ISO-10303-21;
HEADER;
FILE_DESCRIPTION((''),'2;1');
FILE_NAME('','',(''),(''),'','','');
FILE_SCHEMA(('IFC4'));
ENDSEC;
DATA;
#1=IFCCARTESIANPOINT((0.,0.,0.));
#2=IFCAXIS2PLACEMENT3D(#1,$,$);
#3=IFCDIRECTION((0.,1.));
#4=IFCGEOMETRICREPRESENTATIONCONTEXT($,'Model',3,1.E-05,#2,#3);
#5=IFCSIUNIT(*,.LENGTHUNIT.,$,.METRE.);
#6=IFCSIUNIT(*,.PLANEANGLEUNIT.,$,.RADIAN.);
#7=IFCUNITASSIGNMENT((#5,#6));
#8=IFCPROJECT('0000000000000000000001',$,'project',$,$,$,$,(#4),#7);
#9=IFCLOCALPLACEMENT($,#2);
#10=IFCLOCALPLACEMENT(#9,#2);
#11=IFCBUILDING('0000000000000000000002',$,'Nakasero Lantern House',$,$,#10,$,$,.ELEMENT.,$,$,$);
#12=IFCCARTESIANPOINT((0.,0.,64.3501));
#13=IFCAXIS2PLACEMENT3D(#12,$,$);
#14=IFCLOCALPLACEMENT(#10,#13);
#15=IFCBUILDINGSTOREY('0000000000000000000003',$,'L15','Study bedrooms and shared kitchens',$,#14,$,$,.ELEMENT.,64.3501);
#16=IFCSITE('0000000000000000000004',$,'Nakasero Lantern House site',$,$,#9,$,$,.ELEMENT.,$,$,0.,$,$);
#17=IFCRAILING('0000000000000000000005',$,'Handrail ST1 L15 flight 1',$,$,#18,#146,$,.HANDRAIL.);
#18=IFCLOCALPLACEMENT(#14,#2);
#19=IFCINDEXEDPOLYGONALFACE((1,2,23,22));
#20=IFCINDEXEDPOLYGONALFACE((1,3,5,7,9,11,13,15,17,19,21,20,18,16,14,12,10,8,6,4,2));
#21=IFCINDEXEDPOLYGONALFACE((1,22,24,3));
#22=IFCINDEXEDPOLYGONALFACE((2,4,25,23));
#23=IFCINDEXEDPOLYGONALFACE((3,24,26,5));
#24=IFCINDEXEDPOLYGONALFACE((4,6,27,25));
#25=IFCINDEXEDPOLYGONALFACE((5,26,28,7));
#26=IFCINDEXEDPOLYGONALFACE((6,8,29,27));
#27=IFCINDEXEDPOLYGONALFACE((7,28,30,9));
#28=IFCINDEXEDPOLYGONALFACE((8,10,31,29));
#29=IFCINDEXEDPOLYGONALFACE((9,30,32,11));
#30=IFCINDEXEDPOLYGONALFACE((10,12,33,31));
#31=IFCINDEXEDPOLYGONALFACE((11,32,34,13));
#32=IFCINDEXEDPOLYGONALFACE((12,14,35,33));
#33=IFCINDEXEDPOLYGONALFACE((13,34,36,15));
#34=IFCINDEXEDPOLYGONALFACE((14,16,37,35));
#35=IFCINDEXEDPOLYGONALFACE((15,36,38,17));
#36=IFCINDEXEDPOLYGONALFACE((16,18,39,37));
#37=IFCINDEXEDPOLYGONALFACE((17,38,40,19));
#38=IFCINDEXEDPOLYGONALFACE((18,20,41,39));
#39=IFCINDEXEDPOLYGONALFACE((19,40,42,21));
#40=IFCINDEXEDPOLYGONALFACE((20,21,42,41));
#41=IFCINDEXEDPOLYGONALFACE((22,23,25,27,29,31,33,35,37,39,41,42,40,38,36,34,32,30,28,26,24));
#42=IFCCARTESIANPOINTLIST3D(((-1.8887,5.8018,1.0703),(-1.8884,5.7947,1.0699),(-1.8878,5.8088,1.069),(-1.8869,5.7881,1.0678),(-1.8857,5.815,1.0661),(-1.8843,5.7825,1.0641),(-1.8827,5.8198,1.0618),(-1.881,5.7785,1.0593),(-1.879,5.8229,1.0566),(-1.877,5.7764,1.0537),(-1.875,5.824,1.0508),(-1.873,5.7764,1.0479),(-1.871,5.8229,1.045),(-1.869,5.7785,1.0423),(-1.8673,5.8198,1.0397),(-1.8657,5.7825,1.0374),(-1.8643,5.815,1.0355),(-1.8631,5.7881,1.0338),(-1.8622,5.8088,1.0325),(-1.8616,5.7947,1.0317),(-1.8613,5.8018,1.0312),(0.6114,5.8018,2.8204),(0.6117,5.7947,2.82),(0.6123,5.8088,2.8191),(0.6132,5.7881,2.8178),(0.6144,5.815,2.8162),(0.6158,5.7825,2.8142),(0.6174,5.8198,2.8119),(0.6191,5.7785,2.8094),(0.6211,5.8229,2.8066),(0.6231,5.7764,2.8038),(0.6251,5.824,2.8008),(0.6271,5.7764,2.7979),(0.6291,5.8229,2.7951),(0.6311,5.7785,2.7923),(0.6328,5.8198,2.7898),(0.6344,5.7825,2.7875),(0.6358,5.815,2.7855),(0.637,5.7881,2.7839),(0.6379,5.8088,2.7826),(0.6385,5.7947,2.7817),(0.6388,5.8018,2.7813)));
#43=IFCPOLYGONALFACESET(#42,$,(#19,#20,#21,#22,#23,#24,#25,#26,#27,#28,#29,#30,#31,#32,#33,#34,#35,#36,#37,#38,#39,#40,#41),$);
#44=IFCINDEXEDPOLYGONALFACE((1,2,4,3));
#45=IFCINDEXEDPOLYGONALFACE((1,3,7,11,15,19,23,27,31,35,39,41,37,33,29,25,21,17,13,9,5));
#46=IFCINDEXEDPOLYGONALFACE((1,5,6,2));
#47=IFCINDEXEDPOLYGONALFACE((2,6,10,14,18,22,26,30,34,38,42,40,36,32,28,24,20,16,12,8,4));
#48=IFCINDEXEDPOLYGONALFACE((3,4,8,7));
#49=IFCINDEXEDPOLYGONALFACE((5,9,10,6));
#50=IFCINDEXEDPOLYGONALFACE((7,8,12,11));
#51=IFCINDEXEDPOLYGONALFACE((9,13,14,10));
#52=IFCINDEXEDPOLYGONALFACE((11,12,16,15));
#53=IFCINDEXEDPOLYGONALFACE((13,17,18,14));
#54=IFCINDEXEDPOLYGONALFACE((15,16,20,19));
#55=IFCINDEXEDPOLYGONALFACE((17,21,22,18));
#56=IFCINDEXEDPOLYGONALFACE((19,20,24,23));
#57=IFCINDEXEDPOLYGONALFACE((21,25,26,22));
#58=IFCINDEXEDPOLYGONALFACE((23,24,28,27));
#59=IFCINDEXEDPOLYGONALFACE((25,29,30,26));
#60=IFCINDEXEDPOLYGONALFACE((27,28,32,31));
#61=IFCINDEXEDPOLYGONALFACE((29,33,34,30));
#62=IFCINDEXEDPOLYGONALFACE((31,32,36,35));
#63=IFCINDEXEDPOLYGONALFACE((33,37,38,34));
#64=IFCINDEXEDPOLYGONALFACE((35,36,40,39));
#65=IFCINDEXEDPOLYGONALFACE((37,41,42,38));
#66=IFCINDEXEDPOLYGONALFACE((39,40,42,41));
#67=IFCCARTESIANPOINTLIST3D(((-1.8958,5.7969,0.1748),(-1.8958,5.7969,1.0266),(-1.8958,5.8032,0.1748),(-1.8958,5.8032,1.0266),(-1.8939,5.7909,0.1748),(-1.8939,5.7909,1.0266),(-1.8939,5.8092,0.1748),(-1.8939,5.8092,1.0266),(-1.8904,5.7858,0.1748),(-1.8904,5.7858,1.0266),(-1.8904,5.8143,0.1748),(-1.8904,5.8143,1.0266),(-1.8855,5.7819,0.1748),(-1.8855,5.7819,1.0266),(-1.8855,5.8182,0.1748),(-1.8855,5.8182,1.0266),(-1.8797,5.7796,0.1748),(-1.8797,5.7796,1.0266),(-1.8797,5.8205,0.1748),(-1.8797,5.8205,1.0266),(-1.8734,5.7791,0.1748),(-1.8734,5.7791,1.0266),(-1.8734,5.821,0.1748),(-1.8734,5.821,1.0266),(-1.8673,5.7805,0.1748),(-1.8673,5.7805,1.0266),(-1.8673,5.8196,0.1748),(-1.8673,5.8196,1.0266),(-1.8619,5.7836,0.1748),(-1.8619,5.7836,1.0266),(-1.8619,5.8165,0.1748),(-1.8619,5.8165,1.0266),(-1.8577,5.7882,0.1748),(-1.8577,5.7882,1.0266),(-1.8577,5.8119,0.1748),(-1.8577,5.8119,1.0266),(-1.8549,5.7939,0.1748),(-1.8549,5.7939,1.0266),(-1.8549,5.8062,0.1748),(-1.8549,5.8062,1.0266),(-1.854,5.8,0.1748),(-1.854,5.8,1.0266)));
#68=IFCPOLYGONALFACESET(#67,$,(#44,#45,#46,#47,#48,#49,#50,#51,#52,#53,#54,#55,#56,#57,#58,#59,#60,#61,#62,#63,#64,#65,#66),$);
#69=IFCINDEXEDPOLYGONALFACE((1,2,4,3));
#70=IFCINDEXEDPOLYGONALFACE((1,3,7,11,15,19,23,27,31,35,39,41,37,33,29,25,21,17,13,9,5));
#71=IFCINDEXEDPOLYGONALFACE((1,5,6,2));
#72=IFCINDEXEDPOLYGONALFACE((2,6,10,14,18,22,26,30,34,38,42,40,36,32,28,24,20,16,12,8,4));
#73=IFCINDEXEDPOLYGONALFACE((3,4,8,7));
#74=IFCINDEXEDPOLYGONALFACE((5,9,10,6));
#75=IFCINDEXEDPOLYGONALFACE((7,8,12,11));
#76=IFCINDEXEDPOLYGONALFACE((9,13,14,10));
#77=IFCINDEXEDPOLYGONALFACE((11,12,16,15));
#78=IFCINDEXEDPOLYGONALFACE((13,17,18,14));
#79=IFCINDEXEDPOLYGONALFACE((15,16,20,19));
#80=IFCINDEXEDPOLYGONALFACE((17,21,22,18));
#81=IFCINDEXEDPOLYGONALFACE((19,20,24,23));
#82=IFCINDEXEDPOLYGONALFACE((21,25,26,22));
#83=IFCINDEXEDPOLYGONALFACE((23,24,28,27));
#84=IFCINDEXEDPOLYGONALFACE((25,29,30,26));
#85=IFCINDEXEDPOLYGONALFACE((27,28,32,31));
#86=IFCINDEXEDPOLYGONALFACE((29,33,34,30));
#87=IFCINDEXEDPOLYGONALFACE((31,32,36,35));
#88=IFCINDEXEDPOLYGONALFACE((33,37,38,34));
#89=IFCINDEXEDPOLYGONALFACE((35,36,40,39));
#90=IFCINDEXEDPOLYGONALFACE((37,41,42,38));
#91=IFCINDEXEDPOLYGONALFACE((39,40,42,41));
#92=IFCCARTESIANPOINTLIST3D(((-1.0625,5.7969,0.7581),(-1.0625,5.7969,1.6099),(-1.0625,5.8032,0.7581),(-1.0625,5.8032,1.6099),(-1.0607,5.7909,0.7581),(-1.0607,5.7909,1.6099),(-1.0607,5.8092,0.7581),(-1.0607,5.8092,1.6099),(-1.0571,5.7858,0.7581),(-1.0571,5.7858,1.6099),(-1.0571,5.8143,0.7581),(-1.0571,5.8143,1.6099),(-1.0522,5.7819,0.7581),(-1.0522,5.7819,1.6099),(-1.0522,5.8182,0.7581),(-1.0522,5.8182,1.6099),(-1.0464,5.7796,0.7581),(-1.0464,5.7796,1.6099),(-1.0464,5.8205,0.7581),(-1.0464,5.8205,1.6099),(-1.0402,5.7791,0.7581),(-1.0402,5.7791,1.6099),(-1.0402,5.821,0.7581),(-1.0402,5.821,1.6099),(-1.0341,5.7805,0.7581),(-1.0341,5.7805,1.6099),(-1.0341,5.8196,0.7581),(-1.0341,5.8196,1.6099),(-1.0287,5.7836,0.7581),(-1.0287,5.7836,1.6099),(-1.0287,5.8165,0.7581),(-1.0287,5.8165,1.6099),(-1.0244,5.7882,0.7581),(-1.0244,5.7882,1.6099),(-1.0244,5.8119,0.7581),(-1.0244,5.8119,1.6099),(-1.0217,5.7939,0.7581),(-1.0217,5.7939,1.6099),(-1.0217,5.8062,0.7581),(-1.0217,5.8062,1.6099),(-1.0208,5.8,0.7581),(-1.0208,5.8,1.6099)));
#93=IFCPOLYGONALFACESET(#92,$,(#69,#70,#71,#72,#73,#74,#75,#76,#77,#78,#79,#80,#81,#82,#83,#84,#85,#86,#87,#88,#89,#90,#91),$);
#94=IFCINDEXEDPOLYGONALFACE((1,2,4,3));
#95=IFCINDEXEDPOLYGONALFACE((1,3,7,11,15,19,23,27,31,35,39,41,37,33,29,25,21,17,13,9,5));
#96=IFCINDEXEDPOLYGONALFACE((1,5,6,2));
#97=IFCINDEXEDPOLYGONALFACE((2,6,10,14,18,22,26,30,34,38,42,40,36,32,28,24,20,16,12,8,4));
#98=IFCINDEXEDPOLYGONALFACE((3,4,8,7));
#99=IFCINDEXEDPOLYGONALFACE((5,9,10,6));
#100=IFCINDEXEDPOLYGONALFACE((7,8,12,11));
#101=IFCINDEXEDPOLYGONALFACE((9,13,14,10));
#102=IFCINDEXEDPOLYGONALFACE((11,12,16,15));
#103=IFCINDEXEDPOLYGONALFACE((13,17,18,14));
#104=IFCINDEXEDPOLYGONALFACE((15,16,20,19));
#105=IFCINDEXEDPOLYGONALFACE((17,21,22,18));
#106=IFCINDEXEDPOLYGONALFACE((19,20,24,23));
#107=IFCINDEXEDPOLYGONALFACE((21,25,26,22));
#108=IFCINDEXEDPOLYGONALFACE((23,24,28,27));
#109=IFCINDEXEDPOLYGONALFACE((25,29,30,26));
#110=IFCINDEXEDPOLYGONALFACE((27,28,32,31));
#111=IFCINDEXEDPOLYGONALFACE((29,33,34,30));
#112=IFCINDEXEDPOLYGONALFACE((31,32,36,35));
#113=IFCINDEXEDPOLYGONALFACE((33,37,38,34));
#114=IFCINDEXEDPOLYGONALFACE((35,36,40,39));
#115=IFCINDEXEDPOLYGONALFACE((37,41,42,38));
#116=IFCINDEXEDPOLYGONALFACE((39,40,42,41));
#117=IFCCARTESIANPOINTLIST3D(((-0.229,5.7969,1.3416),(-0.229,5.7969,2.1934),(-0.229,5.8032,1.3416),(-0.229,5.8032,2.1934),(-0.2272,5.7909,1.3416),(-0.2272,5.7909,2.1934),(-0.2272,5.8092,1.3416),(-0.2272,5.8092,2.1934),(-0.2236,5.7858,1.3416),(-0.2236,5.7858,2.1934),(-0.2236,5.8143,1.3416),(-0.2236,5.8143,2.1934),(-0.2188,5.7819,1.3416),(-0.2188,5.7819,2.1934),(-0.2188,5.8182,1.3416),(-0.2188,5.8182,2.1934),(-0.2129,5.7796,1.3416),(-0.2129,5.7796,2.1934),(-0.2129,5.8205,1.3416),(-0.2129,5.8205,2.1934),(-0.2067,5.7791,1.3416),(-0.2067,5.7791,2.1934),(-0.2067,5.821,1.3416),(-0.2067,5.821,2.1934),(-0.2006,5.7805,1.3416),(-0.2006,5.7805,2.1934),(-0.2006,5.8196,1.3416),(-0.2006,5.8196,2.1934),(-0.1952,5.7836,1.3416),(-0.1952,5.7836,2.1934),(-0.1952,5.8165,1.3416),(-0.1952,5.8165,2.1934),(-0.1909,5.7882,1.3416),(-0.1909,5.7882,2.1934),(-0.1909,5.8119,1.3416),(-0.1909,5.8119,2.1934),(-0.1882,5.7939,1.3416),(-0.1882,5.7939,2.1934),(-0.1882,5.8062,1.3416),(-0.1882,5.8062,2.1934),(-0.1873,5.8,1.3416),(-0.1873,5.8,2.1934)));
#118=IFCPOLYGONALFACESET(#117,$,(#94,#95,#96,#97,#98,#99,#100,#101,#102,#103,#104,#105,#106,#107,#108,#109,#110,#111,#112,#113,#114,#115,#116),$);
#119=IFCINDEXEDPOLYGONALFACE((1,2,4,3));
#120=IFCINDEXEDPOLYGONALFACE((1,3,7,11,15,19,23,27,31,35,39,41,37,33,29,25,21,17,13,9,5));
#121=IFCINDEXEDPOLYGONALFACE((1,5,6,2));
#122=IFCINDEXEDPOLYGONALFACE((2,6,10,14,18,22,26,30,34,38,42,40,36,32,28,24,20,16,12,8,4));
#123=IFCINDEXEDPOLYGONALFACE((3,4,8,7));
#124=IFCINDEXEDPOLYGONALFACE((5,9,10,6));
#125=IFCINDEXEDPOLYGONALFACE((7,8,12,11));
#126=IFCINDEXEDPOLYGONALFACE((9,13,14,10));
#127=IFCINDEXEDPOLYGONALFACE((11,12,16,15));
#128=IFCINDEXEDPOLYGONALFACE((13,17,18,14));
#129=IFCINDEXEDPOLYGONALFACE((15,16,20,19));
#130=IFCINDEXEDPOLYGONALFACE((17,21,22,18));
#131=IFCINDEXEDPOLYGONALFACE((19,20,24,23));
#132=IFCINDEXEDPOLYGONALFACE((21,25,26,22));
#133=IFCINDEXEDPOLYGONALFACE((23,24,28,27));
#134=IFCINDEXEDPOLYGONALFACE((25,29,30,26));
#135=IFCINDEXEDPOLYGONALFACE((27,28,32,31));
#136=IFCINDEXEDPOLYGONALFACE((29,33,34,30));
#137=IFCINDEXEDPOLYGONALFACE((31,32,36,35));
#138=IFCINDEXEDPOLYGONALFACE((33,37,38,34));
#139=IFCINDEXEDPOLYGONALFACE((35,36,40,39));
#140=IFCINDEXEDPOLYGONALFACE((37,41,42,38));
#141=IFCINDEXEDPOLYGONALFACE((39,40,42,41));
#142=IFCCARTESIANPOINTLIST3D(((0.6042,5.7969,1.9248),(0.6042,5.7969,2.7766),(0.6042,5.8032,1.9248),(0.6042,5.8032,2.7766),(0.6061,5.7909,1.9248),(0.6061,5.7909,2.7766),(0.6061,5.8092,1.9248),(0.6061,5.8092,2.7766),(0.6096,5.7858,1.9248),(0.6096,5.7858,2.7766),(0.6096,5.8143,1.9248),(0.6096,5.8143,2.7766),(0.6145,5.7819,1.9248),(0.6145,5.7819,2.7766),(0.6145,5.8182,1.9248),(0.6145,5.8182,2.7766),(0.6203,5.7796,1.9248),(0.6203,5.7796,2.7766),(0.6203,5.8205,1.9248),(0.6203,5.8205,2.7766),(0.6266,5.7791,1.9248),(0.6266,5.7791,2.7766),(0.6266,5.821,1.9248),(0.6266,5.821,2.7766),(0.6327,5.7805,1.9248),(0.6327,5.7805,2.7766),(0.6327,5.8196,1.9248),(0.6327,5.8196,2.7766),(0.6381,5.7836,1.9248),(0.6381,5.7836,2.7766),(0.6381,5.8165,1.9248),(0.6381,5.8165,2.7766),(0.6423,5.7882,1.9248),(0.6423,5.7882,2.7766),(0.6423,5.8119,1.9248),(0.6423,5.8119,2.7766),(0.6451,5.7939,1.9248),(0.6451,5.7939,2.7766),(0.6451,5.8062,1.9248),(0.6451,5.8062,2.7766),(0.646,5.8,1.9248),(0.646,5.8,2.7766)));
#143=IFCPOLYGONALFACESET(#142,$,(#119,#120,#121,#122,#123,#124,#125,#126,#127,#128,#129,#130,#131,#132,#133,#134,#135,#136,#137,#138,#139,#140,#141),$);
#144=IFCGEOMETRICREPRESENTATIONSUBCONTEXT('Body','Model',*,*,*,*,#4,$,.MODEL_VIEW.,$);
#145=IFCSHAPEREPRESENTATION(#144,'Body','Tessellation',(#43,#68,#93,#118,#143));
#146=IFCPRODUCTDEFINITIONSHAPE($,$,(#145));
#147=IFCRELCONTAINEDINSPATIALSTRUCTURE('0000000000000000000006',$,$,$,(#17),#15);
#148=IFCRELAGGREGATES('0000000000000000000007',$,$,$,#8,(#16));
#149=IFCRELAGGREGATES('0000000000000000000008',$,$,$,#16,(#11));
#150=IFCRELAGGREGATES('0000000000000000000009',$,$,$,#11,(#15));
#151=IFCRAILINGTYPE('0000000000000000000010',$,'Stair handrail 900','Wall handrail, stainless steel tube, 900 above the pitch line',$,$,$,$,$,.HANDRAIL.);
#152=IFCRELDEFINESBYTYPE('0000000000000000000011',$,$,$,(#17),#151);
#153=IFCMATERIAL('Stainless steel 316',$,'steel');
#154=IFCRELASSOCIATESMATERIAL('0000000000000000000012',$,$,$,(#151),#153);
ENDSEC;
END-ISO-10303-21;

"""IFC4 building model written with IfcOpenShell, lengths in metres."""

from ifc_helpers import new_model, si_unit, direction, frame, origin, origin_2d, place, context, subcontext, project, spatial, circle, extrude, material, type_object, element, save


model = new_model("IFC4")

# Units and contexts
model_context = context("Model", 3, precision=1e-05, world=origin(), true_north=direction((0.0, 1.0)))
body_context = subcontext(model_context, "Body", "Model", "MODEL_VIEW")
ifc_project = project(units=[si_unit("LENGTHUNIT", "METRE"), si_unit("PLANEANGLEUNIT", "RADIAN")], contexts=[model_context])

# Site, building, storey
site_placement = place(None, origin())
site = spatial("IfcSite", under=ifc_project, at=site_placement, Name="Nakasero Lantern House site", CompositionType="ELEMENT", RefElevation=0.0)
building_placement = place(site_placement, origin())
building = spatial("IfcBuilding", under=site, at=building_placement, Name="Nakasero Lantern House", CompositionType="ELEMENT")
storey_placement = place(building_placement, frame((0.0, 0.0, 64.3501)))
storey = spatial("IfcBuildingStorey", under=building, at=storey_placement, Name="L15", Description="Study bedrooms and shared kitchens", CompositionType="ELEMENT", Elevation=64.3501)

# Railing
ifc_material_1 = material(Name="Stainless steel 316", Category="steel")
railing_type = type_object("IfcRailingType", Name="Stair handrail 900", Description="Wall handrail, stainless steel tube, 900 above the pitch line", PredefinedType="HANDRAIL", material=ifc_material_1)
railing_placement = place(storey_placement, frame((-1.875, 5.8, 0.1748)))
element("IfcRailing", 1, at=railing_placement, inside=storey, type_object=railing_type, Name="Handrail ST1 L15 flight 1", PredefinedType="HANDRAIL", context=body_context, shape_type="SweptSolid", body=[
    extrude(circle(Radius=0.0239, at=origin_2d()), frame((0.0, 0.0, 0.876), z_axis=(0.819232, 0.0, 0.573462), x_axis=(0.0, 1.0, 0.0)), (0.0, 0.0, 1.0), 3.0518),
    extrude(circle(Radius=0.021, at=origin_2d()), origin(), (0.0, 0.0, 1.0), 0.8518),
    extrude(circle(Radius=0.021, at=origin_2d()), frame((0.8333, 0.0, 0.5833)), (0.0, 0.0, 1.0), 0.8518),
    extrude(circle(Radius=0.021, at=origin_2d()), frame((1.6667, 0.0, 1.1667)), (0.0, 0.0, 1.0), 0.8518),
    extrude(circle(Radius=0.021, at=origin_2d()), frame((2.5, 0.0, 1.75)), (0.0, 0.0, 1.0), 0.8518),
])

save(model, "model.ifc")
